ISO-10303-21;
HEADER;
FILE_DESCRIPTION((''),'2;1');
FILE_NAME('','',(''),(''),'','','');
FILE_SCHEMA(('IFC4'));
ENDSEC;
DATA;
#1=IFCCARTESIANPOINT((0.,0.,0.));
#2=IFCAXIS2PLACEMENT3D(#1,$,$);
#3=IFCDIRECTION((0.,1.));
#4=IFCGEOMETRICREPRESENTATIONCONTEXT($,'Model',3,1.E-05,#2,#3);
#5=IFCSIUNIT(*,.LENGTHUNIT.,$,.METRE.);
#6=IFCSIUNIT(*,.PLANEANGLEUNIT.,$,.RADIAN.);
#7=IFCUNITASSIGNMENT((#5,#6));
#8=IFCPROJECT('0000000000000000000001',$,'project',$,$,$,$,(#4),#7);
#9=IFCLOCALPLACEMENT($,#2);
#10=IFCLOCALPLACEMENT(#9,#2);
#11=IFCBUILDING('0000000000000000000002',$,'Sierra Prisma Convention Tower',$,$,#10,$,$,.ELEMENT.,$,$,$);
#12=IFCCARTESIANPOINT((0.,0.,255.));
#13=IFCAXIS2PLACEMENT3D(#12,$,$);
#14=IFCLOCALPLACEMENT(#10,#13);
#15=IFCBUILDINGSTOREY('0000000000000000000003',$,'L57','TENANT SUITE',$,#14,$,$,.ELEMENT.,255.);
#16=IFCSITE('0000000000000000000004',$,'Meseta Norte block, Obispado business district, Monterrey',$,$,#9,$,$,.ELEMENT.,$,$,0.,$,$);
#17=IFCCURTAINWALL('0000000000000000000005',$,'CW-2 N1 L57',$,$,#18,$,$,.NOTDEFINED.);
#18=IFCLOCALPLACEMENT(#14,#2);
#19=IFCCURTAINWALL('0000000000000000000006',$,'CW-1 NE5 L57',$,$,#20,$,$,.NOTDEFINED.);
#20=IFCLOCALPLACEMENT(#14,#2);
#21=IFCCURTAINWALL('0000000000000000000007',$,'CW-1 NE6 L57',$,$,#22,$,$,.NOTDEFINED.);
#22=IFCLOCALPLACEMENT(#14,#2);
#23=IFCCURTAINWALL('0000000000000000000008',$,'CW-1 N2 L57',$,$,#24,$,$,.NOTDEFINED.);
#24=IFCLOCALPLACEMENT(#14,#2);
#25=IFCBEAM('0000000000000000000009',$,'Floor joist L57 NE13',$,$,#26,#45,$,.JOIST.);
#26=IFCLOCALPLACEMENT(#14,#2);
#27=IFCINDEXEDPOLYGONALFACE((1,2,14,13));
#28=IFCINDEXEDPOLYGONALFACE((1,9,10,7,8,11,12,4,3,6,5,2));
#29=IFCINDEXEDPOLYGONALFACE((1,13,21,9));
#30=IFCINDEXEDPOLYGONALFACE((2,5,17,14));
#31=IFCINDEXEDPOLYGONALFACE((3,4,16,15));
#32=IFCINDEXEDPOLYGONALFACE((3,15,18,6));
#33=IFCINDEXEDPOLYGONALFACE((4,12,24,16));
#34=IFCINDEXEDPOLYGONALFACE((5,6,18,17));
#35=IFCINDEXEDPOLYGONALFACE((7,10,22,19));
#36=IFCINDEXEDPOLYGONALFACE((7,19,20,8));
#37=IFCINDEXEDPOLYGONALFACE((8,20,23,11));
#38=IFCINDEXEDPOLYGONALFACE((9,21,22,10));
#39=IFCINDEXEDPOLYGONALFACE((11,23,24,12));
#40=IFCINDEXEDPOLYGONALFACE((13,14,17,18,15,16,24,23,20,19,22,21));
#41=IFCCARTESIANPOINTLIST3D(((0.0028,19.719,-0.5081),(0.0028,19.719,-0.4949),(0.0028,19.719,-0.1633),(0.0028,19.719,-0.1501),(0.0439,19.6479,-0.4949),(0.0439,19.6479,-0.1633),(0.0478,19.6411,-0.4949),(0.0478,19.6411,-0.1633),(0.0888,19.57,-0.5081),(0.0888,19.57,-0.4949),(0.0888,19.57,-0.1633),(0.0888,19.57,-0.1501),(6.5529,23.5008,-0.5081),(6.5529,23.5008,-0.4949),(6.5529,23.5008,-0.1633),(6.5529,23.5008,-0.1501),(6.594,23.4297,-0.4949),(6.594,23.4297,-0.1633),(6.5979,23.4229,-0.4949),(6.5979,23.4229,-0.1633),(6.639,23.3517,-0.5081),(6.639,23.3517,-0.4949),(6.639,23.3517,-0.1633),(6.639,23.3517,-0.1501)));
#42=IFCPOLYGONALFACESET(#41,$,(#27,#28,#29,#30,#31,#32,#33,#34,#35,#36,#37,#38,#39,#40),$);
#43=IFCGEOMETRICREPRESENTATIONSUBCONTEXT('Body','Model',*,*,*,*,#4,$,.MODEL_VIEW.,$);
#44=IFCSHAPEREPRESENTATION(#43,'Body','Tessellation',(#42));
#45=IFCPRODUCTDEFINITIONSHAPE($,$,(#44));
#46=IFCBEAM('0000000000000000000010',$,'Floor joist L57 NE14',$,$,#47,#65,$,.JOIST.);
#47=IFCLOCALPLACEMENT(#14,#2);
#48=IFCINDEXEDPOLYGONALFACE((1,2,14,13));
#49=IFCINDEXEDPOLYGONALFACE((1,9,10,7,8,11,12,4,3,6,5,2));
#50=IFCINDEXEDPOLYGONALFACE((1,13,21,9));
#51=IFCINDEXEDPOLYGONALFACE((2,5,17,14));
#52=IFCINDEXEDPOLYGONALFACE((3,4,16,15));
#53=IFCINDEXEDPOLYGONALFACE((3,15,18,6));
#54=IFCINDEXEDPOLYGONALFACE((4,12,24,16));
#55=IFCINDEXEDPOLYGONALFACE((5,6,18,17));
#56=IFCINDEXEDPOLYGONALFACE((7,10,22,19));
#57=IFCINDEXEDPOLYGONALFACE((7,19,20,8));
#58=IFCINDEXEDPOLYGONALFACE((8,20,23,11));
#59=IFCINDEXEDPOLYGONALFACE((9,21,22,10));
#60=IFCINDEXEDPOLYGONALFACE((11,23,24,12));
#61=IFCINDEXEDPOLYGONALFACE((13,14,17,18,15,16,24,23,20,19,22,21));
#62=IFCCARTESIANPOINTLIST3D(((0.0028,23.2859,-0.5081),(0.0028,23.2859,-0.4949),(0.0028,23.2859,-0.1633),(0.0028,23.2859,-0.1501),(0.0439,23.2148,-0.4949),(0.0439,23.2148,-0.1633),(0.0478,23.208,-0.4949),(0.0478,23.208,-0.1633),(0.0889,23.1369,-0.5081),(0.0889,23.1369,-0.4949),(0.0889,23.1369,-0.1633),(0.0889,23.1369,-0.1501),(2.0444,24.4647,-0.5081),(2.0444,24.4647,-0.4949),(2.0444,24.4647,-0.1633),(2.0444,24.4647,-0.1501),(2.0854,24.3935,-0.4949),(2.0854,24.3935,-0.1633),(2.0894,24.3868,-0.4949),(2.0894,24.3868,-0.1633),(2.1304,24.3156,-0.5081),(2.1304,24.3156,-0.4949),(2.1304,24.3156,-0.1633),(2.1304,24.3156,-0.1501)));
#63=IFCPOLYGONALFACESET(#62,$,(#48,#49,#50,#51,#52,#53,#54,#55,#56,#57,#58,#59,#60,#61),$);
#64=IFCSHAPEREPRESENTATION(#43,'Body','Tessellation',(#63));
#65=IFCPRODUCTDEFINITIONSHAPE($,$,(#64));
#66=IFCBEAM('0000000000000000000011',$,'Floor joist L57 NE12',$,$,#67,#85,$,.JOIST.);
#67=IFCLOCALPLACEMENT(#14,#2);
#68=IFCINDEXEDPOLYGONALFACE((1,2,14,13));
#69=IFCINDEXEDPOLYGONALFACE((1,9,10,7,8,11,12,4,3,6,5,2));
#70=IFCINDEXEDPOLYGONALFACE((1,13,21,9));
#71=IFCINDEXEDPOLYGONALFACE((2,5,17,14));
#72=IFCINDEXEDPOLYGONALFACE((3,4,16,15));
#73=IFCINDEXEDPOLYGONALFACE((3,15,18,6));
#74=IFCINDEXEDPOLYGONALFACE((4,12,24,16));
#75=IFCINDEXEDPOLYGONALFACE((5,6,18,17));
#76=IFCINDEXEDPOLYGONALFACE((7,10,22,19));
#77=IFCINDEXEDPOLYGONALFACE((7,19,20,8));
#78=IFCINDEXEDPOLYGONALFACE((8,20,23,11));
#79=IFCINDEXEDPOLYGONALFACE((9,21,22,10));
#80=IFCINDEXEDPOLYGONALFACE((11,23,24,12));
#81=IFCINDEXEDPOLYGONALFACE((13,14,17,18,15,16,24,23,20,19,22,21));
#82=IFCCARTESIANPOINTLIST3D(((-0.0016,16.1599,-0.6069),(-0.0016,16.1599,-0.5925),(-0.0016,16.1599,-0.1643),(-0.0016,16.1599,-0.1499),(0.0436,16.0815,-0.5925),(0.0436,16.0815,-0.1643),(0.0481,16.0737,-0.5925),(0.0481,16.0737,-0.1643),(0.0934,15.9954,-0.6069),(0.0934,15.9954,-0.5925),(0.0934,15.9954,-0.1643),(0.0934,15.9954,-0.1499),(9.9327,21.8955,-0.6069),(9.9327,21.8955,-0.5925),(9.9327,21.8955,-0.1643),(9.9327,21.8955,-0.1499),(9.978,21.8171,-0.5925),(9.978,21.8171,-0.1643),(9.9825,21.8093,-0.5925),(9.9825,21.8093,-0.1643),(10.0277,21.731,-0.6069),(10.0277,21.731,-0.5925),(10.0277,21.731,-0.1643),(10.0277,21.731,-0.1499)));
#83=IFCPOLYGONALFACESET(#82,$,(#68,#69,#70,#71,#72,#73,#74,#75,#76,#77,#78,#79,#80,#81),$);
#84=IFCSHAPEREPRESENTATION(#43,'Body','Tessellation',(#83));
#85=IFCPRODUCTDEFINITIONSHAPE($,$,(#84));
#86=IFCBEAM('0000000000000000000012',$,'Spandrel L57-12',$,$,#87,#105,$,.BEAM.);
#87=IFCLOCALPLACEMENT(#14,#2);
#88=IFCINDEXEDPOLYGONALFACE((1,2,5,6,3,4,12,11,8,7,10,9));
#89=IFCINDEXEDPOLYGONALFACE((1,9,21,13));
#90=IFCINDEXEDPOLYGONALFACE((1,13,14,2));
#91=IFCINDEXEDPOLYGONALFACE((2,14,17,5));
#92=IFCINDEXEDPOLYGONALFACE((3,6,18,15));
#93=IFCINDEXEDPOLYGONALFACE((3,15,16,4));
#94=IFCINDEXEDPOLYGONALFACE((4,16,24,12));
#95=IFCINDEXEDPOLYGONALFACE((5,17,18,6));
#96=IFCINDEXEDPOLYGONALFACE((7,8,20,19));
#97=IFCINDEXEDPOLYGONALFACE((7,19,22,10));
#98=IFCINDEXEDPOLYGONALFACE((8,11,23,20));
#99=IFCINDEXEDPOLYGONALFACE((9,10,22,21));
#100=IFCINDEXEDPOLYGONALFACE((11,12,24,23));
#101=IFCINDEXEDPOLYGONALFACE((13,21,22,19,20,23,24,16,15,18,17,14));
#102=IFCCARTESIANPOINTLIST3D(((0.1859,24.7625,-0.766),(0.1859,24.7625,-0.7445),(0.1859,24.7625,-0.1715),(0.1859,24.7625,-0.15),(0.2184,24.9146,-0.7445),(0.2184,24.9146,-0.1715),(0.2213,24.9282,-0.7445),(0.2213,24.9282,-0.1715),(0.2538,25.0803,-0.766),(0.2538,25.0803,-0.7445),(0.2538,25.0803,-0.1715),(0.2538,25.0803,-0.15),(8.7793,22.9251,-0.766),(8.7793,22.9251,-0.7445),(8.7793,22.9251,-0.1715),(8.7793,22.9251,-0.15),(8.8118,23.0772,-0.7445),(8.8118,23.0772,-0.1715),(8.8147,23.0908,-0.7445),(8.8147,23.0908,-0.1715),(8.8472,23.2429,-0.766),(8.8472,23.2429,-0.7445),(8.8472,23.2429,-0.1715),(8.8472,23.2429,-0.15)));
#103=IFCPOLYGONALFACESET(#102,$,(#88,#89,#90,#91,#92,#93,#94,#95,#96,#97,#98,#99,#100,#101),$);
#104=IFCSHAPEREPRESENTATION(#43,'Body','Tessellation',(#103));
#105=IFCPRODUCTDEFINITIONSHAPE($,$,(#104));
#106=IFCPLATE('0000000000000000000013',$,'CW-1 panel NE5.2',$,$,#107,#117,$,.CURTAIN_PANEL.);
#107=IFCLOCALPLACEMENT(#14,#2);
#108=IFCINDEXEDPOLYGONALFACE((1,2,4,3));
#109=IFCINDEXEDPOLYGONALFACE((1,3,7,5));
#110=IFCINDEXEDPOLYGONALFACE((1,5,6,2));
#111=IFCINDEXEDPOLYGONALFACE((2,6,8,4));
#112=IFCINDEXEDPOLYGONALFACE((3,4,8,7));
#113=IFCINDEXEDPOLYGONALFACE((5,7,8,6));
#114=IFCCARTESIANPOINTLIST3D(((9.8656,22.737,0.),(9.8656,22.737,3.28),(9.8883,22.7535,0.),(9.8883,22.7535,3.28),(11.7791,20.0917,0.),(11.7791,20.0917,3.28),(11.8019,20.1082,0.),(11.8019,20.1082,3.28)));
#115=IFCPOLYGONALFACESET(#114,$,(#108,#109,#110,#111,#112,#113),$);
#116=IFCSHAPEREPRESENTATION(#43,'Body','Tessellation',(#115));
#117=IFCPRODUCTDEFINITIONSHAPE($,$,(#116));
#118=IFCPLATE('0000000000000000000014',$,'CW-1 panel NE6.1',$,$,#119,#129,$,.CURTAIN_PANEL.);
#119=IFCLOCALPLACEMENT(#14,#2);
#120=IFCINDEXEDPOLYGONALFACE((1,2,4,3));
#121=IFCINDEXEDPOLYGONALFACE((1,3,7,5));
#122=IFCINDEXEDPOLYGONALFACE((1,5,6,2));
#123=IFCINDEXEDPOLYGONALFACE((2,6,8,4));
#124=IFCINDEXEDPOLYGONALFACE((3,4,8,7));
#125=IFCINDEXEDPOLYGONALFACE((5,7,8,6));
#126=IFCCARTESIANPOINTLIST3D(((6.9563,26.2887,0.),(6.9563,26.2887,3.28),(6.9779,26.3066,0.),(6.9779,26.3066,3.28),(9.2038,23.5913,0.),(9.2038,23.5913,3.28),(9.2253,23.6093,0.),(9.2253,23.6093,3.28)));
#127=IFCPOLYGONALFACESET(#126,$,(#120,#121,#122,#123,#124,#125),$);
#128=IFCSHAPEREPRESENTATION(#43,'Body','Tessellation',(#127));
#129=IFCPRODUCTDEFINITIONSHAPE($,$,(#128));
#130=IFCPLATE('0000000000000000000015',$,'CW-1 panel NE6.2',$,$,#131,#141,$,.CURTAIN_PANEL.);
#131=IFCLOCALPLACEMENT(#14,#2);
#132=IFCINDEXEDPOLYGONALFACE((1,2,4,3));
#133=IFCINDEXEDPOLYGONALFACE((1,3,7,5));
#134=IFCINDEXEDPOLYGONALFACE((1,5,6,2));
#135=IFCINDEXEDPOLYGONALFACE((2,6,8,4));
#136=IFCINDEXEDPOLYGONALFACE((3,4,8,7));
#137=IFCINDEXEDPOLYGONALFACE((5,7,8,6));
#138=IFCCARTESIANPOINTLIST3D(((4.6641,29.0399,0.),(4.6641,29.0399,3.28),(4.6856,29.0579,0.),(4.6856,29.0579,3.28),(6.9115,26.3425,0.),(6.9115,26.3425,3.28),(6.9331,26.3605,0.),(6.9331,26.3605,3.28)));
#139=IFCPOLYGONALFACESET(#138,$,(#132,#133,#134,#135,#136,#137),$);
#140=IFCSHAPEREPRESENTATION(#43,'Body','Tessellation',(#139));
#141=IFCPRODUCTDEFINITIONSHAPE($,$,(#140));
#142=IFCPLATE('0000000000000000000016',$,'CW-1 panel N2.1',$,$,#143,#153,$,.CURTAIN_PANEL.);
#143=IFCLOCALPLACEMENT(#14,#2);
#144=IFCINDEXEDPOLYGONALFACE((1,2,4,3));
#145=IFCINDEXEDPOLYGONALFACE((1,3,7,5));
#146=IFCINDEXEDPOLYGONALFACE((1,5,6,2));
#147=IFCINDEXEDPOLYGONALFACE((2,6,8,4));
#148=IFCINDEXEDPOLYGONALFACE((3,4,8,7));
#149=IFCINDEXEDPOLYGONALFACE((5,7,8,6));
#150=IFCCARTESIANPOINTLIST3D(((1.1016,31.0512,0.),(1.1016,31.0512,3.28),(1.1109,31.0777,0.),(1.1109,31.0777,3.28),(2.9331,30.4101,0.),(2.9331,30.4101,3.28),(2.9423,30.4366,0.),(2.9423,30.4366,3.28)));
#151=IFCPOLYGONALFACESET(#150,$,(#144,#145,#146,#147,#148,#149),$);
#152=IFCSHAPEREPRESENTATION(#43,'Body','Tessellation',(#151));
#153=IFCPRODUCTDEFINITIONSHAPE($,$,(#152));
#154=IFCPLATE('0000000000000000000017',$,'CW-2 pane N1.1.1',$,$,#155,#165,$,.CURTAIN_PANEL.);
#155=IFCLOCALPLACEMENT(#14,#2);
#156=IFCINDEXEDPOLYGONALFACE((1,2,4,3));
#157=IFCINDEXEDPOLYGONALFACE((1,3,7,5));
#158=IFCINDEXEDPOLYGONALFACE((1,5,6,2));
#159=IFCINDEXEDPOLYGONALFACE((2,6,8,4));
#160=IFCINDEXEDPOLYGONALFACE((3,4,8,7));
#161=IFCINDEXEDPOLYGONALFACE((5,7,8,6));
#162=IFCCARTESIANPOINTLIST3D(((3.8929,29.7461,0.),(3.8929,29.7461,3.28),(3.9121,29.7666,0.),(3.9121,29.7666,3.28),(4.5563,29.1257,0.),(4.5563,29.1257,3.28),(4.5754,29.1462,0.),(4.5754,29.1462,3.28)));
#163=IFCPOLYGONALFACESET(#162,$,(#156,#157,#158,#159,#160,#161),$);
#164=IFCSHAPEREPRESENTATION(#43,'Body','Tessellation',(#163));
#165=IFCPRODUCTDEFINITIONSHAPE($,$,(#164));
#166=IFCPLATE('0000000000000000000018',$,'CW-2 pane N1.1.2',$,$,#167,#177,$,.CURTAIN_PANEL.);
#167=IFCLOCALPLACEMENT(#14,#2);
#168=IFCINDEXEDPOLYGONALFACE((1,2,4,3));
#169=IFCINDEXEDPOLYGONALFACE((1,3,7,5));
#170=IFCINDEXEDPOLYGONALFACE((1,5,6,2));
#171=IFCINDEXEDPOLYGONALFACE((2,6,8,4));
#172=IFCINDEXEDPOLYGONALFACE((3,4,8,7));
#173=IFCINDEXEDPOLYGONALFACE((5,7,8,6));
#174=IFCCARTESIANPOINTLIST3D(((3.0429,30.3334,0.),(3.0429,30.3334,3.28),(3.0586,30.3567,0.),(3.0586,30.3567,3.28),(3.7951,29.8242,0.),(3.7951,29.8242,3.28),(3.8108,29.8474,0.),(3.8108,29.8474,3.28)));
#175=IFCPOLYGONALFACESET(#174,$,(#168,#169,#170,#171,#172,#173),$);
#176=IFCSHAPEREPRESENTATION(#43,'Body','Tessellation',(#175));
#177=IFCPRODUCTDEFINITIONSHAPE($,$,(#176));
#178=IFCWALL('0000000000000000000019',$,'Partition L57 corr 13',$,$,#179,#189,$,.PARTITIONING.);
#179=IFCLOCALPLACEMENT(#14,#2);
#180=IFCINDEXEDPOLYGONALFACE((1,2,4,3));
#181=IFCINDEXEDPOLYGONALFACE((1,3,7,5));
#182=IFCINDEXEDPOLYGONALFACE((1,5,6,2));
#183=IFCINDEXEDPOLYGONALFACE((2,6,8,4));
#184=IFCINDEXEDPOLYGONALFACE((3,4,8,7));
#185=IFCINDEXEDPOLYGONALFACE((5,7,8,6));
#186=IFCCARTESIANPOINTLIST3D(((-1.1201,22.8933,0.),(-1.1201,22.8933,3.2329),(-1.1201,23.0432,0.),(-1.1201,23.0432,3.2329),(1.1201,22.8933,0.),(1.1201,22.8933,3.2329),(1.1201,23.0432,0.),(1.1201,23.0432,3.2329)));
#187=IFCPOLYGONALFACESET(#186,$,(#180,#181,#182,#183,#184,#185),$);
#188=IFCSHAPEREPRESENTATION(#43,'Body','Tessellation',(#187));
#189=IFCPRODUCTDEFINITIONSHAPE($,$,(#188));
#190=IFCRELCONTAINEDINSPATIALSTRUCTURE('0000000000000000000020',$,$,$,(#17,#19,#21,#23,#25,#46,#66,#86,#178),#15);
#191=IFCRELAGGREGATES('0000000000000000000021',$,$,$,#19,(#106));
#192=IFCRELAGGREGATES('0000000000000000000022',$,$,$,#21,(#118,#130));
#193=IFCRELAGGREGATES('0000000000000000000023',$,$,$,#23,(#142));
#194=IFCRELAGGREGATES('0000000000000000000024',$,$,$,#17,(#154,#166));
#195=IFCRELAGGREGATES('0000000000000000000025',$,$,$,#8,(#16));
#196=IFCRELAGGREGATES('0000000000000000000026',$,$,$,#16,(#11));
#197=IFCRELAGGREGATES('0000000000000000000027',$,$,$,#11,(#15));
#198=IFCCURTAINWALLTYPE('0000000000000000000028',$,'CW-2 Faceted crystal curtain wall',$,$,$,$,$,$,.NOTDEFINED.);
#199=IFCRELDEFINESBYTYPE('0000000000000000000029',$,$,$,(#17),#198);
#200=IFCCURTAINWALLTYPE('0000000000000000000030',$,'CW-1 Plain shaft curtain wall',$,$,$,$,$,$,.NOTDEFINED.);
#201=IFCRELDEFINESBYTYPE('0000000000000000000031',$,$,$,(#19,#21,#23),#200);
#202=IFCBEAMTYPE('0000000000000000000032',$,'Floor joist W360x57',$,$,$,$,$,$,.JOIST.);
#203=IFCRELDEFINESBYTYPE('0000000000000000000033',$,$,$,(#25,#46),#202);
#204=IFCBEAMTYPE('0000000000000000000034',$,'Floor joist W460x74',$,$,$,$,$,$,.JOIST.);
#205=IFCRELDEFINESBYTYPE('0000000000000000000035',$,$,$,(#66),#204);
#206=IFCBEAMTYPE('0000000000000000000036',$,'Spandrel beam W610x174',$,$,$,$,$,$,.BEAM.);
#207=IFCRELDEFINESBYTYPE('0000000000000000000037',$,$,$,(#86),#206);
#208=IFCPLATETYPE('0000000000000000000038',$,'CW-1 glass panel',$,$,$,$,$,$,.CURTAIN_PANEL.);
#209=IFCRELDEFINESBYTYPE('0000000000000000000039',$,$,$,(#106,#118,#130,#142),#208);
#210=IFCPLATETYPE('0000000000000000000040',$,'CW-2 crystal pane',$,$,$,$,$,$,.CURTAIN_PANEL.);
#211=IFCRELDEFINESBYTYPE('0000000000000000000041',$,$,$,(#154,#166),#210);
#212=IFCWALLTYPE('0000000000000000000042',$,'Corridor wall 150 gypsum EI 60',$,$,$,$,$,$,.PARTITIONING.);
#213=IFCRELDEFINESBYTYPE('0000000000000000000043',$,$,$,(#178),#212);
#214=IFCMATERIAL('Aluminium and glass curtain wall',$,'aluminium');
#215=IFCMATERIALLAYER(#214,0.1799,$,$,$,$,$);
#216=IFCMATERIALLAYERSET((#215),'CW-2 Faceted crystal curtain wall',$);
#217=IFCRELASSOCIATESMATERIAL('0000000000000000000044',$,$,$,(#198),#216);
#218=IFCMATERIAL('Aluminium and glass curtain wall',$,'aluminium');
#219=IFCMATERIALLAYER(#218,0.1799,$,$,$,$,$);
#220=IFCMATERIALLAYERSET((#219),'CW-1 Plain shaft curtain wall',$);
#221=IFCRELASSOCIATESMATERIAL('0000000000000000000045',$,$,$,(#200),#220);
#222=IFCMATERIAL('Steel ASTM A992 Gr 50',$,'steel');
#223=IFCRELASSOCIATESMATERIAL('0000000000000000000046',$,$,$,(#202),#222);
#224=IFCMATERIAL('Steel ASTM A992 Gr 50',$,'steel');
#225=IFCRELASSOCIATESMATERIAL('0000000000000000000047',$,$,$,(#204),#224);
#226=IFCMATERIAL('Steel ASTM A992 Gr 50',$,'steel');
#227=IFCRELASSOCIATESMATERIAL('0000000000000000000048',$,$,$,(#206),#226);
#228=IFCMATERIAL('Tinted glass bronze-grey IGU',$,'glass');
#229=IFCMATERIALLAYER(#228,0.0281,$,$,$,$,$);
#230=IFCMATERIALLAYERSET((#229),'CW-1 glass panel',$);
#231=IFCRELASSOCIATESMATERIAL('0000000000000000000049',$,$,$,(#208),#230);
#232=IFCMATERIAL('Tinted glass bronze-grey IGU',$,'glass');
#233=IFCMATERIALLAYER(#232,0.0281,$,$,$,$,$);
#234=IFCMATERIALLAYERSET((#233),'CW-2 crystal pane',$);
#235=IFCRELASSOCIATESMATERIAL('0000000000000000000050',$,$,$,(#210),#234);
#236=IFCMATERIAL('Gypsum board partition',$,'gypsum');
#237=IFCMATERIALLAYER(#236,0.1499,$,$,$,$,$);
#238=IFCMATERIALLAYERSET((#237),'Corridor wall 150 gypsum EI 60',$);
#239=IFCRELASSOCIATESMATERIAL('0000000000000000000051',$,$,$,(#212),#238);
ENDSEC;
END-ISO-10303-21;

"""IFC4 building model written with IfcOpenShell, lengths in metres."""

from ifc_helpers import new_model, si_unit, direction, frame, frame_2d, origin, origin_2d, place, context, subcontext, project, spatial, polyline, rectangle, i_section, outline, extrude, material, layer, layer_set, material_profile, profile_set, type_object, element, aggregate, save


model = new_model("IFC4")

# Units and contexts
model_context = context("Model", 3, precision=1e-05, world=origin(), true_north=direction((0.0, 1.0)))
body_context = subcontext(model_context, "Body", "Model", "MODEL_VIEW")
ifc_project = project(units=[si_unit("LENGTHUNIT", "METRE"), si_unit("PLANEANGLEUNIT", "RADIAN")], contexts=[model_context])

# Site, building, storey
site_placement = place(None, origin())
site = spatial("IfcSite", under=ifc_project, at=site_placement, Name="Meseta Norte block, Obispado business district, Monterrey", CompositionType="ELEMENT", RefElevation=0.0)
building_placement = place(site_placement, origin())
building = spatial("IfcBuilding", under=site, at=building_placement, Name="Sierra Prisma Convention Tower", CompositionType="ELEMENT")
storey_placement = place(building_placement, frame((0.0, 0.0, 255.0)))
storey = spatial("IfcBuildingStorey", under=building, at=storey_placement, Name="L57", Description="TENANT SUITE", CompositionType="ELEMENT", Elevation=255.0)

# Curtain wall
ifc_material_1 = material(Name="Aluminium and glass curtain wall", Category="aluminium")
ifc_layer_1 = layer(ifc_material_1, 0.1799)
ifc_layer_set_1 = layer_set([ifc_layer_1], Name="CW-2 Faceted crystal curtain wall")
curtain_wall_type_1 = type_object("IfcCurtainWallType", Name="CW-2 Faceted crystal curtain wall", PredefinedType="NOTDEFINED", material=ifc_layer_set_1)
curtain_wall_1_placement = place(storey_placement, origin())
curtain_wall_1 = element("IfcCurtainWall", 1, at=curtain_wall_1_placement, inside=storey, type_object=curtain_wall_type_1, Name="CW-2 N1 L57", PredefinedType="NOTDEFINED")

# Curtain wall
ifc_material_2 = material(Name="Aluminium and glass curtain wall", Category="aluminium")
ifc_layer_2 = layer(ifc_material_2, 0.1799)
ifc_layer_set_2 = layer_set([ifc_layer_2], Name="CW-1 Plain shaft curtain wall")
curtain_wall_type_2 = type_object("IfcCurtainWallType", Name="CW-1 Plain shaft curtain wall", PredefinedType="NOTDEFINED", material=ifc_layer_set_2)
curtain_wall_2_placement = place(storey_placement, origin())
curtain_wall_2 = element("IfcCurtainWall", 2, at=curtain_wall_2_placement, inside=storey, type_object=curtain_wall_type_2, Name="CW-1 NE5 L57", PredefinedType="NOTDEFINED")

# Curtain wall
curtain_wall_3_placement = place(storey_placement, origin())
curtain_wall_3 = element("IfcCurtainWall", 3, at=curtain_wall_3_placement, inside=storey, type_object=curtain_wall_type_2, Name="CW-1 NE6 L57", PredefinedType="NOTDEFINED")

# Curtain wall
curtain_wall_4_placement = place(storey_placement, origin())
curtain_wall_4 = element("IfcCurtainWall", 4, at=curtain_wall_4_placement, inside=storey, type_object=curtain_wall_type_2, Name="CW-1 N2 L57", PredefinedType="NOTDEFINED")

# Beams
ifc_material_3 = material(Name="Steel ASTM A992 Gr 50", Category="steel")
ifc_material_profile_1 = material_profile(ifc_material_3, i_section(OverallWidth=0.1721, OverallDepth=0.3579, WebThickness=0.0078, FlangeThickness=0.0132, at=origin_2d()), Name="W360x57")
ifc_profile_set_1 = profile_set([ifc_material_profile_1], Name="Steel ASTM A992 Gr 50")
beam_type_1 = type_object("IfcBeamType", Name="Floor joist W360x57", PredefinedType="JOIST", material=ifc_profile_set_1)
beam_1_placement = place(storey_placement, frame((6.5959, 23.4263, -0.3291), z_axis=(-0.866022, -0.500007, 0.0), x_axis=(0.500007, -0.866022, 0.0)))
element("IfcBeam", 5, at=beam_1_placement, inside=storey, type_object=beam_type_1, Name="Floor joist L57 NE13", PredefinedType="JOIST", context=body_context, shape_type="SweptSolid", body=[
    extrude(i_section(OverallWidth=0.1721, OverallDepth=0.3579, WebThickness=0.0078, FlangeThickness=0.0132, at=origin_2d()), origin(), (0.0, 0.0, 1.0), 7.5635),
])
beam_2_placement = place(storey_placement, frame((2.0874, 24.3901, -0.3291), z_axis=(-0.866017, -0.500015, 0.0), x_axis=(0.500015, -0.866017, 0.0)))
element("IfcBeam", 6, at=beam_2_placement, inside=storey, type_object=beam_type_1, Name="Floor joist L57 NE14", PredefinedType="JOIST", context=body_context, shape_type="SweptSolid", body=[
    extrude(i_section(OverallWidth=0.1721, OverallDepth=0.3579, WebThickness=0.0078, FlangeThickness=0.0132, at=origin_2d()), origin(), (0.0, 0.0, 1.0), 2.3574),
])
ifc_material_4 = material(Name="Steel ASTM A992 Gr 50", Category="steel")
ifc_material_profile_2 = material_profile(ifc_material_4, i_section(OverallWidth=0.1899, OverallDepth=0.457, WebThickness=0.009, FlangeThickness=0.0144, at=origin_2d()), Name="W460x74")
ifc_profile_set_2 = profile_set([ifc_material_profile_2], Name="Steel ASTM A992 Gr 50")
beam_type_2 = type_object("IfcBeamType", Name="Floor joist W460x74", PredefinedType="JOIST", material=ifc_profile_set_2)
beam_3_placement = place(storey_placement, frame((9.9802, 21.8132, -0.3784), z_axis=(-0.866025, -0.500001, 0.0), x_axis=(0.500001, -0.866025, 0.0)))
element("IfcBeam", 7, at=beam_3_placement, inside=storey, type_object=beam_type_2, Name="Floor joist L57 NE12", PredefinedType="JOIST", context=body_context, shape_type="SweptSolid", body=[
    extrude(i_section(OverallWidth=0.1899, OverallDepth=0.457, WebThickness=0.009, FlangeThickness=0.0144, at=origin_2d()), origin(), (0.0, 0.0, 1.0), 11.4712),
])
ifc_material_5 = material(Name="Steel ASTM A992 Gr 50", Category="steel")
ifc_material_profile_3 = material_profile(ifc_material_5, i_section(OverallWidth=0.325, OverallDepth=0.616, WebThickness=0.0139, FlangeThickness=0.0215, at=origin_2d()), Name="W610x174")
ifc_profile_set_3 = profile_set([ifc_material_profile_3], Name="Steel ASTM A992 Gr 50")
beam_type_3 = type_object("IfcBeamType", Name="Spandrel beam W610x174", PredefinedType="BEAM", material=ifc_profile_set_3)
beam_4_placement = place(storey_placement, frame((8.8132, 23.084, -0.458), z_axis=(-0.977896, 0.209093, 0.0), x_axis=(-0.209093, -0.977896, 0.0)))
element("IfcBeam", 8, at=beam_4_placement, inside=storey, type_object=beam_type_3, Name="Spandrel L57-12", PredefinedType="BEAM", context=body_context, shape_type="SweptSolid", body=[
    extrude(i_section(OverallWidth=0.325, OverallDepth=0.616, WebThickness=0.0139, FlangeThickness=0.0215, at=origin_2d()), origin(), (0.0, 0.0, 1.0), 8.7876),
])

# Plates
ifc_material_6 = material(Name="Tinted glass bronze-grey IGU", Category="glass")
ifc_layer_3 = layer(ifc_material_6, 0.0281)
ifc_layer_set_3 = layer_set([ifc_layer_3], Name="CW-1 glass panel")
plate_type_1 = type_object("IfcPlateType", Name="CW-1 glass panel", PredefinedType="CURTAIN_PANEL", material=ifc_layer_set_3)
plate_1_placement = place(storey_placement, frame((10.8337, 21.4226, 0.0), z_axis=(0.0, 0.0, 1.0), x_axis=(-0.586102, 0.810237, 0.0)))
plate_1 = element("IfcPlate", 9, at=plate_1_placement, type_object=plate_type_1, Name="CW-1 panel NE5.2", PredefinedType="CURTAIN_PANEL", context=body_context, shape_type="SweptSolid", body=[
    extrude(rectangle(XDim=3.2649, YDim=0.0281, at=origin_2d()), origin(), (0.0, 0.0, 1.0), 3.28),
])
aggregate(curtain_wall_2, [plate_1])
plate_2_placement = place(storey_placement, frame((8.0908, 24.949, 0.0), z_axis=(0.0, 0.0, 1.0), x_axis=(-0.64013, 0.768267, 0.0)))
plate_2 = element("IfcPlate", 10, at=plate_2_placement, type_object=plate_type_1, Name="CW-1 panel NE6.1", PredefinedType="CURTAIN_PANEL", context=body_context, shape_type="SweptSolid", body=[
    extrude(rectangle(XDim=3.511, YDim=0.0281, at=origin_2d()), origin(), (0.0, 0.0, 1.0), 3.28),
])
plate_3_placement = place(storey_placement, frame((5.7986, 27.7002, 0.0), z_axis=(0.0, 0.0, 1.0), x_axis=(-0.64013, 0.768267, 0.0)))
plate_3 = element("IfcPlate", 11, at=plate_3_placement, type_object=plate_type_1, Name="CW-1 panel NE6.2", PredefinedType="CURTAIN_PANEL", context=body_context, shape_type="SweptSolid", body=[
    extrude(rectangle(XDim=3.511, YDim=0.0281, at=origin_2d()), origin(), (0.0, 0.0, 1.0), 3.28),
])
aggregate(curtain_wall_3, [plate_2, plate_3])
plate_4_placement = place(storey_placement, frame((2.022, 30.7439, 0.0), z_axis=(0.0, 0.0, 1.0), x_axis=(-0.943828, 0.330437, 0.0)))
plate_4 = element("IfcPlate", 12, at=plate_4_placement, type_object=plate_type_1, Name="CW-1 panel N2.1", PredefinedType="CURTAIN_PANEL", context=body_context, shape_type="SweptSolid", body=[
    extrude(rectangle(XDim=1.9404, YDim=0.0281, at=origin_2d()), origin(), (0.0, 0.0, 1.0), 3.28),
])
aggregate(curtain_wall_4, [plate_4])
ifc_material_7 = material(Name="Tinted glass bronze-grey IGU", Category="glass")
ifc_layer_4 = layer(ifc_material_7, 0.0281)
ifc_layer_set_4 = layer_set([ifc_layer_4], Name="CW-2 crystal pane")
plate_type_2 = type_object("IfcPlateType", Name="CW-2 crystal pane", PredefinedType="CURTAIN_PANEL", material=ifc_layer_set_4)
plate_5_placement = place(storey_placement, frame((4.5754, 29.1462, 0.0), z_axis=(0.683055, 0.730367, 0.0), x_axis=(-0.730367, 0.683055, 0.0)))
plate_5 = element("IfcPlate", 13, at=plate_5_placement, type_object=plate_type_2, Name="CW-2 pane N1.1.1", PredefinedType="CURTAIN_PANEL", context=body_context, shape_type="SweptSolid", body=[
    extrude(outline(polyline([(0.0, 0.0), (0.9082, 0.0), (0.9082, 3.28), (0.0, 3.28), (0.0, 0.0)])), origin(), (0.0, 0.0, -1.0), 0.0281),
])
plate_6_placement = place(storey_placement, frame((3.0586, 30.3567, 0.0), z_axis=(0.56064, 0.82806, 0.0), x_axis=(0.82806, -0.56064, 0.0)))
plate_6 = element("IfcPlate", 14, at=plate_6_placement, type_object=plate_type_2, Name="CW-2 pane N1.1.2", PredefinedType="CURTAIN_PANEL", context=body_context, shape_type="SweptSolid", body=[
    extrude(outline(polyline([(0.0, 0.0), (0.9084, 0.0), (0.9084, -3.28), (0.0, -3.28), (0.0, 0.0)])), origin(), (0.0, 0.0, -1.0), 0.0281),
])
aggregate(curtain_wall_1, [plate_5, plate_6])

# Wall
ifc_material_8 = material(Name="Gypsum board partition", Category="gypsum")
ifc_layer_5 = layer(ifc_material_8, 0.1499)
ifc_layer_set_5 = layer_set([ifc_layer_5], Name="Corridor wall 150 gypsum EI 60")
wall_type_1 = type_object("IfcWallType", Name="Corridor wall 150 gypsum EI 60", PredefinedType="PARTITIONING", material=ifc_layer_set_5)
wall_1_placement = place(storey_placement, frame((1.1201, 22.9683, 0.0), z_axis=(0.0, 0.0, 1.0), x_axis=(-1.0, 0.0, 0.0)))
element("IfcWall", 15, at=wall_1_placement, inside=storey, type_object=wall_type_1, Name="Partition L57 corr 13", PredefinedType="PARTITIONING", context=body_context, shape_type="SweptSolid", body=[
    extrude(rectangle(XDim=2.2402, YDim=0.1499, at=frame_2d((1.1201, 0.0))), origin(), (0.0, 0.0, 1.0), 3.2329),
])

save(model, "model.ifc")
